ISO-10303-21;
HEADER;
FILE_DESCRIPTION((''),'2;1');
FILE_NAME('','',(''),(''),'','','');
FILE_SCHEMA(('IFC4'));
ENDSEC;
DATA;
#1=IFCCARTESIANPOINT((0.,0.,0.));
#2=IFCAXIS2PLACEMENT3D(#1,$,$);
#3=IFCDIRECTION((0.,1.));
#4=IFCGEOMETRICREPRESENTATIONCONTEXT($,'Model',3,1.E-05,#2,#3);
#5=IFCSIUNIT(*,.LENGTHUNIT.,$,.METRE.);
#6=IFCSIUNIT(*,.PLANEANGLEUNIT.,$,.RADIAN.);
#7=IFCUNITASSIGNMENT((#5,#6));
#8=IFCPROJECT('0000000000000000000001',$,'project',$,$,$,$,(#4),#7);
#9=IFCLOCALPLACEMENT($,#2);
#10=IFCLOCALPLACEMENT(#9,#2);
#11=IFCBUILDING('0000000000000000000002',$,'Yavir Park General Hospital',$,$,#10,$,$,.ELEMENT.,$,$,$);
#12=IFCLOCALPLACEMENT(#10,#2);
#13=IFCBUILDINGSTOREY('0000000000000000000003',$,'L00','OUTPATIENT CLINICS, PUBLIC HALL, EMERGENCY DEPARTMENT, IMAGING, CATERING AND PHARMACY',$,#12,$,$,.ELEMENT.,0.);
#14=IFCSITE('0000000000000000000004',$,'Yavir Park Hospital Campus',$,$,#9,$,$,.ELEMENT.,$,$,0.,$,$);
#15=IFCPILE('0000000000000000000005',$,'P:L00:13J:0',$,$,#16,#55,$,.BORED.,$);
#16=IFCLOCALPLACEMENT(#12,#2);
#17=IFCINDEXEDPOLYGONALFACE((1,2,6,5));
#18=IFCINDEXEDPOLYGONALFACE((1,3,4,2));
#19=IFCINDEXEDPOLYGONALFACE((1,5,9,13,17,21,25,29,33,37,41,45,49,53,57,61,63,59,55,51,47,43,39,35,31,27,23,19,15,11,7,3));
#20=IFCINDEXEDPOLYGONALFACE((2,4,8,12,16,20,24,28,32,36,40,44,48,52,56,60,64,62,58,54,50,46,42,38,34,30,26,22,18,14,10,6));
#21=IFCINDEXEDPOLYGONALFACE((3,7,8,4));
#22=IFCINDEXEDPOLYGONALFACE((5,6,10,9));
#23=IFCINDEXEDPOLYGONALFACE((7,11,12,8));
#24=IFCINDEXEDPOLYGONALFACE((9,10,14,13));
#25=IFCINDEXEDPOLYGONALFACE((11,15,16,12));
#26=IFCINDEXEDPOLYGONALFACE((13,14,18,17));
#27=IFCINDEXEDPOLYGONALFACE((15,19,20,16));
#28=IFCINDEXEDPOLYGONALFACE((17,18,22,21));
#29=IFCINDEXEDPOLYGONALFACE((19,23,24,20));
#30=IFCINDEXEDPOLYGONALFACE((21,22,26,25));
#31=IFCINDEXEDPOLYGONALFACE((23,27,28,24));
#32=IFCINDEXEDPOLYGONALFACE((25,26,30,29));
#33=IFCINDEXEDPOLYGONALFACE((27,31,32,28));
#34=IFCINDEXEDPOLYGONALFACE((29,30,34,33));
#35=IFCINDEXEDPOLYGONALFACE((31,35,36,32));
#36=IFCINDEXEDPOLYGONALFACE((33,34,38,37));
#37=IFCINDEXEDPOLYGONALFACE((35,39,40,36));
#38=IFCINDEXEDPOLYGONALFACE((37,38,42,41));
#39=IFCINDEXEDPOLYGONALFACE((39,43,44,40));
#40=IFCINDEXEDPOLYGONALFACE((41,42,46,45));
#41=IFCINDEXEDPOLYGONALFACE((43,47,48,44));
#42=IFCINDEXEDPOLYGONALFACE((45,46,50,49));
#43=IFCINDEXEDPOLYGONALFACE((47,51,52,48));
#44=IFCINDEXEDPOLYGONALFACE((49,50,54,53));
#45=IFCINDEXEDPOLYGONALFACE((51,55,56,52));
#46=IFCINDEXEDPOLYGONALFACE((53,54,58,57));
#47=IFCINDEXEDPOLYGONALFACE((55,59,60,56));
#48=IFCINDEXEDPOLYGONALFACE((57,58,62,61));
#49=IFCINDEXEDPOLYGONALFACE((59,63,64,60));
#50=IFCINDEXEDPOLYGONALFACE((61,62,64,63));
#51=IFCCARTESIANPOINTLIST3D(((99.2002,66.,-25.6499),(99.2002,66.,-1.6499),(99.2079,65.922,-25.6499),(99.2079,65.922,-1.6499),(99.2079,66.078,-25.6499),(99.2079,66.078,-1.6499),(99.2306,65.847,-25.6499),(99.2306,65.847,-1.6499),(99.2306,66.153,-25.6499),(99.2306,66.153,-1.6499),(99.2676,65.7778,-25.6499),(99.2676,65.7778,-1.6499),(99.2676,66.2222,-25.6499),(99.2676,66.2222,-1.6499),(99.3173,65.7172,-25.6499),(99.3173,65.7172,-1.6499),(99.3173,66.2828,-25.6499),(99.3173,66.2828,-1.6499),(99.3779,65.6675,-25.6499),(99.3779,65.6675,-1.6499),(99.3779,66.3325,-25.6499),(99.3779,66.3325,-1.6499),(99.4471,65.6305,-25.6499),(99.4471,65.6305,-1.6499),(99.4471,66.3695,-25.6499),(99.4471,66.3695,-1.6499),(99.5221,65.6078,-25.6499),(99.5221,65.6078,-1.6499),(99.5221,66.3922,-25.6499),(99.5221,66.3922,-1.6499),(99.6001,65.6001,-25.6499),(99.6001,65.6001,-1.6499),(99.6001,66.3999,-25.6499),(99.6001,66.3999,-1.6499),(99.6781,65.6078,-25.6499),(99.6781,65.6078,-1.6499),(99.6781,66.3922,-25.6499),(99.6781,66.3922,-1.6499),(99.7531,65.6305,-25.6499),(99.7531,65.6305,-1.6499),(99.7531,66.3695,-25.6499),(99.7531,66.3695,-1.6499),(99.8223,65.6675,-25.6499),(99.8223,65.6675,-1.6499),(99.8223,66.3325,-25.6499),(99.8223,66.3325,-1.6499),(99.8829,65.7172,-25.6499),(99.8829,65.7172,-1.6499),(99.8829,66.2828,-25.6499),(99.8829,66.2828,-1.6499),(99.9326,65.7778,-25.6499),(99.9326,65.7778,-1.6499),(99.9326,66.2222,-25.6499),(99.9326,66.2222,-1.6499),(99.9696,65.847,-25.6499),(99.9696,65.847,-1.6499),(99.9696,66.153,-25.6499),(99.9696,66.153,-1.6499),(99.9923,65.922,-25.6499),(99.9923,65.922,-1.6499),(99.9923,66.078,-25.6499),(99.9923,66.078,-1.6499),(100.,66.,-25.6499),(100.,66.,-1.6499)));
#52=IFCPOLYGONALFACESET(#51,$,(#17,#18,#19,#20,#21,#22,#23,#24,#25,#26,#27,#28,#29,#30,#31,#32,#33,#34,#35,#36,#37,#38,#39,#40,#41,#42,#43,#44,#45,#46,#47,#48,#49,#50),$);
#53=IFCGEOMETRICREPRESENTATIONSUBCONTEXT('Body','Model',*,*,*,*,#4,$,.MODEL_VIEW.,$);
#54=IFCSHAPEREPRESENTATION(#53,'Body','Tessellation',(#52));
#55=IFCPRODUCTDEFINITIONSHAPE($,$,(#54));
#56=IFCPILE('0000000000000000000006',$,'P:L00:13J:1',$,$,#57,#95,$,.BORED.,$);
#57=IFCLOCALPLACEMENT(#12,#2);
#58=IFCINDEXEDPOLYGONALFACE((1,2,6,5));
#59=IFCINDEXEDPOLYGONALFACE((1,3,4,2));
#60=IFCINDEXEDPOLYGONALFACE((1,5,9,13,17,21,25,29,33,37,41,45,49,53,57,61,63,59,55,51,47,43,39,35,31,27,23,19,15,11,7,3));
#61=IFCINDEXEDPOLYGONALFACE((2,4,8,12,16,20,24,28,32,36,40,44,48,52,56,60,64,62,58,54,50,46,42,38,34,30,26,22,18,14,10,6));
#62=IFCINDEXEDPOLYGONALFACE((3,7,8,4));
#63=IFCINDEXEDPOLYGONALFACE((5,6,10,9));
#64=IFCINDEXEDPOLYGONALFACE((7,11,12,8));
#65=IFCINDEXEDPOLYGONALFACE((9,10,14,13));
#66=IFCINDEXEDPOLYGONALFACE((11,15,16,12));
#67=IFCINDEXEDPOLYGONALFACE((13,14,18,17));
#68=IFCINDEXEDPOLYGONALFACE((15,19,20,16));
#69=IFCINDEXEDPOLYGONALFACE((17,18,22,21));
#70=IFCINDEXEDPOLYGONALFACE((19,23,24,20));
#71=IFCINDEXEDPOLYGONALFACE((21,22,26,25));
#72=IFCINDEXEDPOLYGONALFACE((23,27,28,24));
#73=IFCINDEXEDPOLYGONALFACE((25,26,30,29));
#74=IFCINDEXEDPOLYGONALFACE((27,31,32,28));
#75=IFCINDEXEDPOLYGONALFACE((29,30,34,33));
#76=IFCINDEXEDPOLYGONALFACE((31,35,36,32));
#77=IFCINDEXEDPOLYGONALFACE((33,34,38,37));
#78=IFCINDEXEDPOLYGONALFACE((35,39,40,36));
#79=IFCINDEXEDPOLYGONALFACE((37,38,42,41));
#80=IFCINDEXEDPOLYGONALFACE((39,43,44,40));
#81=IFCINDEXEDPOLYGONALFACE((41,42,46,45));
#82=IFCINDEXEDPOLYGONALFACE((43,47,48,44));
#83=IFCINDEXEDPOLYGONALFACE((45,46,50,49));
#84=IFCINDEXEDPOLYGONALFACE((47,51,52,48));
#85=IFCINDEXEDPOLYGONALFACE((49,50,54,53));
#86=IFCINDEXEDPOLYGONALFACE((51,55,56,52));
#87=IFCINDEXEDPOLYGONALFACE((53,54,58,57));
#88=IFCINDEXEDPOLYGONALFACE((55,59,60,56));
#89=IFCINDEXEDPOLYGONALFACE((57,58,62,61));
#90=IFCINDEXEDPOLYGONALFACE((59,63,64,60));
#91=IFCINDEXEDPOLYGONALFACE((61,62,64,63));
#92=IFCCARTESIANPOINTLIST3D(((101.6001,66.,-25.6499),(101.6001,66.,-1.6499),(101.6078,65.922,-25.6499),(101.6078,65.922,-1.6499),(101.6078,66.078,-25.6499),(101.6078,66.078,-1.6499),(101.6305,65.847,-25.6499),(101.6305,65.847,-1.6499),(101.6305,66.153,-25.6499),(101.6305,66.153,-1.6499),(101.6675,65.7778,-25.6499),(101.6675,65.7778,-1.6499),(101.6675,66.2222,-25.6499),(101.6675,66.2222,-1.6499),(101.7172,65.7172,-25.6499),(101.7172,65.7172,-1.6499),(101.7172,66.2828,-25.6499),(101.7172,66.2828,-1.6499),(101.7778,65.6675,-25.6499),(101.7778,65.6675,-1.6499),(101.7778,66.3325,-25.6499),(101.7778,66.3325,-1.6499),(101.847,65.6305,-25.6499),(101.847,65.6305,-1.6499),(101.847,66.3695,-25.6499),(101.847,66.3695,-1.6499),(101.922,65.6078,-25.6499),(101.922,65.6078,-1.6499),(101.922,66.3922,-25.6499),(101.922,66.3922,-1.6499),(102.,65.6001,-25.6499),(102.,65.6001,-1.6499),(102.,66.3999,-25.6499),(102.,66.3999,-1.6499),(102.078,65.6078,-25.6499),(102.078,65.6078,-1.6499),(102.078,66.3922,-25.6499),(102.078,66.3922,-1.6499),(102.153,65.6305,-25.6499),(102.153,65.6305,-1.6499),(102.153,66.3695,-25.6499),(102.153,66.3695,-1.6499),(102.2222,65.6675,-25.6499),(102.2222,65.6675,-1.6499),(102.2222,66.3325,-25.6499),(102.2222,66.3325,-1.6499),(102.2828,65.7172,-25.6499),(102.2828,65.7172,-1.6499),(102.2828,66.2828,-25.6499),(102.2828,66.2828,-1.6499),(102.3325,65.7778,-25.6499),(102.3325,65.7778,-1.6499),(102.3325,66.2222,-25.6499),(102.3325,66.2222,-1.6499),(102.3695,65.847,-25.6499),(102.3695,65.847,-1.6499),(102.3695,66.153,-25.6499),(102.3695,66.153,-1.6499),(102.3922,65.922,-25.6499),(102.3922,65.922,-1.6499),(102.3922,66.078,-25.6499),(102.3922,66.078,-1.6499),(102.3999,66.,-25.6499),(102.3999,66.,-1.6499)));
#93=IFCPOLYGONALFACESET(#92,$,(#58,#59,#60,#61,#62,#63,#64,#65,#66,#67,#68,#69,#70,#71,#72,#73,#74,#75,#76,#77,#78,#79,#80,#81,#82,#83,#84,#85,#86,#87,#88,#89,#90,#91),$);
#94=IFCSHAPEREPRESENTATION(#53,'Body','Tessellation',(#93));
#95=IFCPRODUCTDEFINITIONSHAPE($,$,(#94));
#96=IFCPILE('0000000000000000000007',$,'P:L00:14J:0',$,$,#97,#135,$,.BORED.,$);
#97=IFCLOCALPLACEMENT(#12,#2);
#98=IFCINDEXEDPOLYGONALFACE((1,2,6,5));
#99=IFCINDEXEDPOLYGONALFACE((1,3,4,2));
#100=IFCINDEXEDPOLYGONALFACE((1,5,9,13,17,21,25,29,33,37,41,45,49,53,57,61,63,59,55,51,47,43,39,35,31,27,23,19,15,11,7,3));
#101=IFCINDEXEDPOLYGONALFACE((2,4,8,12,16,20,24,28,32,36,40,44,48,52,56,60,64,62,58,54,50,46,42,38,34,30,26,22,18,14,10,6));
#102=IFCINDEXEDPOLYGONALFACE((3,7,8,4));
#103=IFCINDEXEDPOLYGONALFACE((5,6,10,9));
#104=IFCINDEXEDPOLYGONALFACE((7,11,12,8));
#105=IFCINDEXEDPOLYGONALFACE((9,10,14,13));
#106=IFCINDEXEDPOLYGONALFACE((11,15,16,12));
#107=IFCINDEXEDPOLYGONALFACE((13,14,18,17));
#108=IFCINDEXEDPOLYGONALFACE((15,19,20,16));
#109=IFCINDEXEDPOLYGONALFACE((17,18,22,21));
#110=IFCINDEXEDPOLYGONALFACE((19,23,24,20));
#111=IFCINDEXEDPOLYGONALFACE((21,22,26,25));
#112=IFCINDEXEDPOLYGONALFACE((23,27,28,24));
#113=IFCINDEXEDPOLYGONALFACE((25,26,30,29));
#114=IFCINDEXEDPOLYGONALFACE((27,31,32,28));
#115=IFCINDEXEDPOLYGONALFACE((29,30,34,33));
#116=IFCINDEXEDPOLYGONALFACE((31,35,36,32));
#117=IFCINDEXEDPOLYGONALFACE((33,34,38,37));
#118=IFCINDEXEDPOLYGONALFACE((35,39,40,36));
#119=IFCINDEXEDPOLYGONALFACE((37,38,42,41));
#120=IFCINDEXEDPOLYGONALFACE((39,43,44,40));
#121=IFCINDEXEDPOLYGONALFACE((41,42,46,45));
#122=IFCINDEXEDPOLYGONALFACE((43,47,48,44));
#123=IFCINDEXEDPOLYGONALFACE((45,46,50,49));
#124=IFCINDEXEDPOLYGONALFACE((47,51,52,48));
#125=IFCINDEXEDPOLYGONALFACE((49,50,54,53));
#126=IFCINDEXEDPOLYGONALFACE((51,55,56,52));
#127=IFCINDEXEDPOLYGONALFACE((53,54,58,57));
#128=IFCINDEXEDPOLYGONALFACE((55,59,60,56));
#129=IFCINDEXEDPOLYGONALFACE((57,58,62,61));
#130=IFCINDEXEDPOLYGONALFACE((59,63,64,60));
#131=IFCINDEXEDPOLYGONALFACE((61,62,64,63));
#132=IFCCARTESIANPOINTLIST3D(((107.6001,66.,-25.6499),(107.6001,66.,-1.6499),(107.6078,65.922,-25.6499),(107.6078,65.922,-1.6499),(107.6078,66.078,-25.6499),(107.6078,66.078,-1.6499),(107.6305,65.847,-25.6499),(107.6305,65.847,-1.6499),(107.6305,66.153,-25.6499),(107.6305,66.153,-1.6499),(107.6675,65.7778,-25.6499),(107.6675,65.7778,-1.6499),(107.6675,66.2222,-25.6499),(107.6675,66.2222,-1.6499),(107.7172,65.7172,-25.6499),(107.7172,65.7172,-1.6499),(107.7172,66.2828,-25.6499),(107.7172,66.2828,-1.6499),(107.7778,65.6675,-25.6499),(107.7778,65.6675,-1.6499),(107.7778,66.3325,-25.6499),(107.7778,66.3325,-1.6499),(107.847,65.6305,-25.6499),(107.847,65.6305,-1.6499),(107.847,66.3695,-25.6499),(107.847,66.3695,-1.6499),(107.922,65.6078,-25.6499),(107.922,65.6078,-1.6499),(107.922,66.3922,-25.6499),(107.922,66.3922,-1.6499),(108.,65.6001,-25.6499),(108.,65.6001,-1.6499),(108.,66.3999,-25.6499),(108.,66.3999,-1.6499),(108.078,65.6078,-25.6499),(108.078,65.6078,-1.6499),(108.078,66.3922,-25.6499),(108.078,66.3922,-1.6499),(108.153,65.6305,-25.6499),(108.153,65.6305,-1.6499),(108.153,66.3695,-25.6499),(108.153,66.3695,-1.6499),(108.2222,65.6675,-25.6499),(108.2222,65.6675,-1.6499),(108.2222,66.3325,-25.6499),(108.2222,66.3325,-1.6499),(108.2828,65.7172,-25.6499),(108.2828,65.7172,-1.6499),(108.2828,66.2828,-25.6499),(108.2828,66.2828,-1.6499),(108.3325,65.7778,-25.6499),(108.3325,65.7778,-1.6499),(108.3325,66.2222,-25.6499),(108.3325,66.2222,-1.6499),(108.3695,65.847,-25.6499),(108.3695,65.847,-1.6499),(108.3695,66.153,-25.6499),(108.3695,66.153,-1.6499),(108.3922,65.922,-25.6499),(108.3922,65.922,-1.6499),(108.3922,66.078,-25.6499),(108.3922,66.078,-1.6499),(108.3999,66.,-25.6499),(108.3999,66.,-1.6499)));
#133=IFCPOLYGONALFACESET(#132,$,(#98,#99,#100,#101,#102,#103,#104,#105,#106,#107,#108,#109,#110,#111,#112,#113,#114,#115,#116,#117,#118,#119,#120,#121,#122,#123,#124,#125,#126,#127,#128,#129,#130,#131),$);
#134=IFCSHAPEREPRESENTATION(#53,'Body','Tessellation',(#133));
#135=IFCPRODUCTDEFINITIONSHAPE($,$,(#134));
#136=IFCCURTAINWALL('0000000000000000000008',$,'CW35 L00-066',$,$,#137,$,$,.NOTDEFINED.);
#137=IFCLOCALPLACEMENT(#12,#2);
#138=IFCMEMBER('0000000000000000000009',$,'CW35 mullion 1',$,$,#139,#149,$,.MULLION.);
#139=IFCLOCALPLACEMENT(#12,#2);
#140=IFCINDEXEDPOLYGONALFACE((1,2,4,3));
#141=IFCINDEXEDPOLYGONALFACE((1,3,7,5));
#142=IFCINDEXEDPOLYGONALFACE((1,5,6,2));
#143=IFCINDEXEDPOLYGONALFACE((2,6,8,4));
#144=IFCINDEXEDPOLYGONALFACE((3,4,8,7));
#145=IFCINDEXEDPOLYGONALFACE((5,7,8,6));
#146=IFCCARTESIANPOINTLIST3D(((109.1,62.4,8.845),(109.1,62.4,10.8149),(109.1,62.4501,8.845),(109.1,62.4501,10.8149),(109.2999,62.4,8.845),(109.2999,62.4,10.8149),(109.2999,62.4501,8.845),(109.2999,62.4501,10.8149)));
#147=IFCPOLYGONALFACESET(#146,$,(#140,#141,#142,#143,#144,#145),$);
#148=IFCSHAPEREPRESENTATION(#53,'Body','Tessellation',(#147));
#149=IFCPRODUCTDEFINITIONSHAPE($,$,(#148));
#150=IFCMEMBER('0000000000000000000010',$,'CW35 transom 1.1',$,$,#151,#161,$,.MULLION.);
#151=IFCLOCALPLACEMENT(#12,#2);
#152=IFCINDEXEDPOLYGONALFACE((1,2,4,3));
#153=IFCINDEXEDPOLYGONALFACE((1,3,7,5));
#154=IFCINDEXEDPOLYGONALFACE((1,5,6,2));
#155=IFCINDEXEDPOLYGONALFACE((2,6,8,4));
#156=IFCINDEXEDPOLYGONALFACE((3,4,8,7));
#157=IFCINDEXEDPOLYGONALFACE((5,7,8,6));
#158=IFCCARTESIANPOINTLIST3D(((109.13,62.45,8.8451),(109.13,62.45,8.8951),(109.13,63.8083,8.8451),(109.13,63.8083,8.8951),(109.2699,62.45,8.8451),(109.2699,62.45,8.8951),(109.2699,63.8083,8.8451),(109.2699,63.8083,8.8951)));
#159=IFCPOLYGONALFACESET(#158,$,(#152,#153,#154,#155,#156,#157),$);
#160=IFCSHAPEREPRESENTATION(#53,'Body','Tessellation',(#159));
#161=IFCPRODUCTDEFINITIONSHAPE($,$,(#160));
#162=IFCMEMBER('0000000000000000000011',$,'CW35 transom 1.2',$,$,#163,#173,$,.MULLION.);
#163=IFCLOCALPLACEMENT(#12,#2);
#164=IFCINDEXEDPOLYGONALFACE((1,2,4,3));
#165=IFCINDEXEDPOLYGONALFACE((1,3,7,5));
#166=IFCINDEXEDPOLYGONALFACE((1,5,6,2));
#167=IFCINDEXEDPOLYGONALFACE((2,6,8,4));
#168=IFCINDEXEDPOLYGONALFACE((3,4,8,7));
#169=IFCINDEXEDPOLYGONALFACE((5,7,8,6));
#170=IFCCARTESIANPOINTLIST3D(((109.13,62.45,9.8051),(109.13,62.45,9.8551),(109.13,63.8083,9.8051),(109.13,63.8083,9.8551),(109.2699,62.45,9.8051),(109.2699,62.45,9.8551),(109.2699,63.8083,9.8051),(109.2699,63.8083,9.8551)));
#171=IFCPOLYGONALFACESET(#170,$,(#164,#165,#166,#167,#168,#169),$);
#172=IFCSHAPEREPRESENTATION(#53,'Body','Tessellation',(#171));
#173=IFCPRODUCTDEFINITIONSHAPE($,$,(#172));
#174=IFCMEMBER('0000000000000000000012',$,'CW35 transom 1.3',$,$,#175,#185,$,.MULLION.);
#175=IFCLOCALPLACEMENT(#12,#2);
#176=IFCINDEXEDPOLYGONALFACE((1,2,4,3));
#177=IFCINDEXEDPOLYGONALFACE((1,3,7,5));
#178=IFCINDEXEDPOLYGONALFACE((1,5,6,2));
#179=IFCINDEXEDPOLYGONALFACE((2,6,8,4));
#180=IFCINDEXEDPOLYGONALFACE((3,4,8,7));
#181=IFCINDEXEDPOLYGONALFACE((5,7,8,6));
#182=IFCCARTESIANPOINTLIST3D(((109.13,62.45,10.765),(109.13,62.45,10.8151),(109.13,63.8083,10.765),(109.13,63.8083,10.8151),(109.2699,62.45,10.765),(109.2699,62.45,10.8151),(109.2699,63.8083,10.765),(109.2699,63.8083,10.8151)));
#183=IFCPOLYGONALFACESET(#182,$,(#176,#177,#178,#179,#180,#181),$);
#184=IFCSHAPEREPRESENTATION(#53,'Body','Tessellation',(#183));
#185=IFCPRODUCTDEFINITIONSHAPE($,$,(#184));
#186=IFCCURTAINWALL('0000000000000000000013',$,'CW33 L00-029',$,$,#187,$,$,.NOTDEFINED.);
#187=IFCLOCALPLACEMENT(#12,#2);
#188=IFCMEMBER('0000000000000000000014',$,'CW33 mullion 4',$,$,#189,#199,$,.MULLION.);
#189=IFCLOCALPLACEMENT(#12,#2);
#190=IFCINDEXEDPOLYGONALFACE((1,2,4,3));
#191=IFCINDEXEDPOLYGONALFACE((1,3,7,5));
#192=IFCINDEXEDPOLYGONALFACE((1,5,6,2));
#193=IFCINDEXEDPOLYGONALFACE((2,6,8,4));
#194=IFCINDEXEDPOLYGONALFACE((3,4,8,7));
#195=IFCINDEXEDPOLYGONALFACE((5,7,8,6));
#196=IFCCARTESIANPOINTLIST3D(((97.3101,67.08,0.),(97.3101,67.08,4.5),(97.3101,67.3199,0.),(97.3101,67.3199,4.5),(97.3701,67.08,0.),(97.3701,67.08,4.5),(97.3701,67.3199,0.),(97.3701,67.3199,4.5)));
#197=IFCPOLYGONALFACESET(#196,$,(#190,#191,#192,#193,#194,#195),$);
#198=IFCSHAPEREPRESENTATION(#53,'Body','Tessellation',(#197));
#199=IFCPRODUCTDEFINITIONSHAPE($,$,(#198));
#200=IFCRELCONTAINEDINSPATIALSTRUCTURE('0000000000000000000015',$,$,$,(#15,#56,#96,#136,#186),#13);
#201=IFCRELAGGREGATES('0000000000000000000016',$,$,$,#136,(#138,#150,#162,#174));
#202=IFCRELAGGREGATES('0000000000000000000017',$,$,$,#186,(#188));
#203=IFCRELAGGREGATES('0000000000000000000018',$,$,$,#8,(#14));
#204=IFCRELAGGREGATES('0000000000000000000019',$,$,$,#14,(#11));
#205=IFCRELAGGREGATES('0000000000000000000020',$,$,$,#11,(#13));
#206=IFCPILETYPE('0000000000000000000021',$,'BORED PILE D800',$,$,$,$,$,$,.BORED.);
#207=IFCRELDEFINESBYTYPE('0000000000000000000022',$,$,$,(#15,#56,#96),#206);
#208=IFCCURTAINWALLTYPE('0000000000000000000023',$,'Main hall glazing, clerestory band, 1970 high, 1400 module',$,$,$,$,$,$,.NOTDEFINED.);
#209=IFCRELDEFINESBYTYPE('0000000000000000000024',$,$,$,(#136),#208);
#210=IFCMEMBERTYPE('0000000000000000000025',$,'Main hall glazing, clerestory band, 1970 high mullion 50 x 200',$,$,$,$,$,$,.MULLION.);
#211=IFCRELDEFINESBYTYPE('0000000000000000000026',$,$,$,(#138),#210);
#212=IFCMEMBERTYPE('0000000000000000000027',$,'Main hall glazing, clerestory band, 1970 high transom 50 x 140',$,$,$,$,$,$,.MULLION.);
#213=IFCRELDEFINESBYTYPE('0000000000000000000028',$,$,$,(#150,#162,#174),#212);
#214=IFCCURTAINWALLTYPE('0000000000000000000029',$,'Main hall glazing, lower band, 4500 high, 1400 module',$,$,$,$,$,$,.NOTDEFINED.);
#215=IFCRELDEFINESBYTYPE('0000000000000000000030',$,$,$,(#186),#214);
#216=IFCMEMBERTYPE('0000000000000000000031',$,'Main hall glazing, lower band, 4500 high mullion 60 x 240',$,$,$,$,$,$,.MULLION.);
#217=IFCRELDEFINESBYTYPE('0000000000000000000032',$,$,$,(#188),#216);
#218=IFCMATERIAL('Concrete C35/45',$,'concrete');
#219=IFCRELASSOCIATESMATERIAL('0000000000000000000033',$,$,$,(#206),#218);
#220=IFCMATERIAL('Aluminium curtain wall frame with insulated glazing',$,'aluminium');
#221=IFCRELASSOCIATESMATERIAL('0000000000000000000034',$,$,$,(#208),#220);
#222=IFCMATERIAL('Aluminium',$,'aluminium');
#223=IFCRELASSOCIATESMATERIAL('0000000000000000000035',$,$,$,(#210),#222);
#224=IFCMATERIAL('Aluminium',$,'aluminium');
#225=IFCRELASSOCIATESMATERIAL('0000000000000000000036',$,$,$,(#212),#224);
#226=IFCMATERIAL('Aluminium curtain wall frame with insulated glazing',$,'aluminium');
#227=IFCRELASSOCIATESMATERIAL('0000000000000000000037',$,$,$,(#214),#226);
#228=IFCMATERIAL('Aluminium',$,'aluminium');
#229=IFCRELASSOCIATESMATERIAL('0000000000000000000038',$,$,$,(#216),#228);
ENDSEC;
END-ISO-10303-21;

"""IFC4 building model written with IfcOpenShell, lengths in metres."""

from ifc_helpers import new_model, si_unit, direction, frame, origin, origin_2d, place, context, subcontext, project, spatial, rectangle, circle, extrude, material, material_profile, profile_set, type_object, element, aggregate, save


model = new_model("IFC4")

# Units and contexts
model_context = context("Model", 3, precision=1e-05, world=origin(), true_north=direction((0.0, 1.0)))
body_context = subcontext(model_context, "Body", "Model", "MODEL_VIEW")
ifc_project = project(units=[si_unit("LENGTHUNIT", "METRE"), si_unit("PLANEANGLEUNIT", "RADIAN")], contexts=[model_context])

# Site, building, storey
site_placement = place(None, origin())
site = spatial("IfcSite", under=ifc_project, at=site_placement, Name="Yavir Park Hospital Campus", CompositionType="ELEMENT", RefElevation=0.0)
building_placement = place(site_placement, origin())
building = spatial("IfcBuilding", under=site, at=building_placement, Name="Yavir Park General Hospital", CompositionType="ELEMENT")
storey_placement = place(building_placement, origin())
storey = spatial("IfcBuildingStorey", under=building, at=storey_placement, Name="L00", Description="OUTPATIENT CLINICS, PUBLIC HALL, EMERGENCY DEPARTMENT, IMAGING, CATERING AND PHARMACY", CompositionType="ELEMENT", Elevation=0.0)

# Piles
ifc_material_1 = material(Name="Concrete C35/45", Category="concrete")
ifc_material_profile_1 = material_profile(ifc_material_1, circle(Radius=0.3999, at=origin_2d()), Name="D800")
ifc_profile_set_1 = profile_set([ifc_material_profile_1], Name="Concrete C35/45")
pile_type = type_object("IfcPileType", Name="BORED PILE D800", PredefinedType="BORED", material=ifc_profile_set_1)
for number, where, z_axis, x_axis, name in (
    (1, (99.6001, 66.0, -1.6499), (0.0, 0.0, -1.0), (1.0, 0.0, 0.0), "P:L00:13J:0"),
    (2, (102.0, 66.0, -1.6499), (0.0, 0.0, -1.0), (1.0, 0.0, 0.0), "P:L00:13J:1"),
    (3, (108.0, 66.0, -1.6499), (0.0, 0.0, -1.0), (1.0, 0.0, 0.0), "P:L00:14J:0"),
):
    element("IfcPile", number, at=place(storey_placement, frame(where, z_axis=z_axis, x_axis=x_axis)), inside=storey, type_object=pile_type, Name=name, PredefinedType="BORED", context=body_context, shape_type="SweptSolid", body=[
        extrude(circle(Radius=0.3999, at=origin_2d()), origin(), (0.0, 0.0, 1.0), 24.0),
    ])

# Curtain wall, members
ifc_material_2 = material(Name="Aluminium curtain wall frame with insulated glazing", Category="aluminium")
curtain_wall_type_1 = type_object("IfcCurtainWallType", Name="Main hall glazing, clerestory band, 1970 high, 1400 module", PredefinedType="NOTDEFINED", material=ifc_material_2)
curtain_wall_1_placement = place(storey_placement, origin())
curtain_wall_1 = element("IfcCurtainWall", 4, at=curtain_wall_1_placement, inside=storey, type_object=curtain_wall_type_1, Name="CW35 L00-066", PredefinedType="NOTDEFINED")
ifc_material_3 = material(Name="Aluminium", Category="aluminium")
ifc_material_profile_2 = material_profile(ifc_material_3, rectangle(XDim=0.2, YDim=0.05, at=origin_2d()), Name="AL 50x200")
ifc_profile_set_2 = profile_set([ifc_material_profile_2], Name="Aluminium")
member_type_1 = type_object("IfcMemberType", Name="Main hall glazing, clerestory band, 1970 high mullion 50 x 200", PredefinedType="MULLION", material=ifc_profile_set_2)
member_1_placement = place(storey_placement, frame((109.2, 62.425, 8.845), z_axis=(0.0, 0.0, 1.0), x_axis=(-1.0, 0.0, 0.0)))
member_1 = element("IfcMember", 5, at=member_1_placement, type_object=member_type_1, Name="CW35 mullion 1", PredefinedType="MULLION", context=body_context, shape_type="SweptSolid", body=[
    extrude(rectangle(XDim=0.2, YDim=0.05, at=origin_2d()), origin(), (0.0, 0.0, 1.0), 1.97),
])
ifc_material_4 = material(Name="Aluminium", Category="aluminium")
ifc_material_profile_3 = material_profile(ifc_material_4, rectangle(XDim=0.1399, YDim=0.05, at=origin_2d()), Name="AL 140x50")
ifc_profile_set_3 = profile_set([ifc_material_profile_3], Name="Aluminium")
member_type_2 = type_object("IfcMemberType", Name="Main hall glazing, clerestory band, 1970 high transom 50 x 140", PredefinedType="MULLION", material=ifc_profile_set_3)
member_2_placement = place(storey_placement, frame((109.2, 62.45, 8.8701), z_axis=(0.0, 1.0, 0.0), x_axis=(-1.0, 0.0, 0.0)))
member_2 = element("IfcMember", 6, at=member_2_placement, type_object=member_type_2, Name="CW35 transom 1.1", PredefinedType="MULLION", context=body_context, shape_type="SweptSolid", body=[
    extrude(rectangle(XDim=0.1399, YDim=0.05, at=origin_2d()), origin(), (0.0, 0.0, 1.0), 1.3584),
])
member_3_placement = place(storey_placement, frame((109.2, 62.45, 9.8301), z_axis=(0.0, 1.0, 0.0), x_axis=(-1.0, 0.0, 0.0)))
member_3 = element("IfcMember", 7, at=member_3_placement, type_object=member_type_2, Name="CW35 transom 1.2", PredefinedType="MULLION", context=body_context, shape_type="SweptSolid", body=[
    extrude(rectangle(XDim=0.1399, YDim=0.05, at=origin_2d()), origin(), (0.0, 0.0, 1.0), 1.3584),
])
member_4_placement = place(storey_placement, frame((109.2, 62.45, 10.79), z_axis=(0.0, 1.0, 0.0), x_axis=(-1.0, 0.0, 0.0)))
member_4 = element("IfcMember", 8, at=member_4_placement, type_object=member_type_2, Name="CW35 transom 1.3", PredefinedType="MULLION", context=body_context, shape_type="SweptSolid", body=[
    extrude(rectangle(XDim=0.1399, YDim=0.05, at=origin_2d()), origin(), (0.0, 0.0, 1.0), 1.3584),
])
aggregate(curtain_wall_1, [member_1, member_2, member_3, member_4])

# Curtain wall, member
ifc_material_5 = material(Name="Aluminium curtain wall frame with insulated glazing", Category="aluminium")
curtain_wall_type_2 = type_object("IfcCurtainWallType", Name="Main hall glazing, lower band, 4500 high, 1400 module", PredefinedType="NOTDEFINED", material=ifc_material_5)
curtain_wall_2_placement = place(storey_placement, origin())
curtain_wall_2 = element("IfcCurtainWall", 9, at=curtain_wall_2_placement, inside=storey, type_object=curtain_wall_type_2, Name="CW33 L00-029", PredefinedType="NOTDEFINED")
ifc_material_6 = material(Name="Aluminium", Category="aluminium")
ifc_material_profile_4 = material_profile(ifc_material_6, rectangle(XDim=0.24, YDim=0.0601, at=origin_2d()), Name="AL 60x240")
ifc_profile_set_4 = profile_set([ifc_material_profile_4], Name="Aluminium")
member_type_3 = type_object("IfcMemberType", Name="Main hall glazing, lower band, 4500 high mullion 60 x 240", PredefinedType="MULLION", material=ifc_profile_set_4)
member_5_placement = place(storey_placement, frame((97.3401, 67.2, 0.0), z_axis=(0.0, 0.0, 1.0), x_axis=(0.0, 1.0, 0.0)))
member_5 = element("IfcMember", 10, at=member_5_placement, type_object=member_type_3, Name="CW33 mullion 4", PredefinedType="MULLION", context=body_context, shape_type="SweptSolid", body=[
    extrude(rectangle(XDim=0.24, YDim=0.0601, at=origin_2d()), origin(), (0.0, 0.0, 1.0), 4.5),
])

aggregate(curtain_wall_2, [member_5])

save(model, "model.ifc")
